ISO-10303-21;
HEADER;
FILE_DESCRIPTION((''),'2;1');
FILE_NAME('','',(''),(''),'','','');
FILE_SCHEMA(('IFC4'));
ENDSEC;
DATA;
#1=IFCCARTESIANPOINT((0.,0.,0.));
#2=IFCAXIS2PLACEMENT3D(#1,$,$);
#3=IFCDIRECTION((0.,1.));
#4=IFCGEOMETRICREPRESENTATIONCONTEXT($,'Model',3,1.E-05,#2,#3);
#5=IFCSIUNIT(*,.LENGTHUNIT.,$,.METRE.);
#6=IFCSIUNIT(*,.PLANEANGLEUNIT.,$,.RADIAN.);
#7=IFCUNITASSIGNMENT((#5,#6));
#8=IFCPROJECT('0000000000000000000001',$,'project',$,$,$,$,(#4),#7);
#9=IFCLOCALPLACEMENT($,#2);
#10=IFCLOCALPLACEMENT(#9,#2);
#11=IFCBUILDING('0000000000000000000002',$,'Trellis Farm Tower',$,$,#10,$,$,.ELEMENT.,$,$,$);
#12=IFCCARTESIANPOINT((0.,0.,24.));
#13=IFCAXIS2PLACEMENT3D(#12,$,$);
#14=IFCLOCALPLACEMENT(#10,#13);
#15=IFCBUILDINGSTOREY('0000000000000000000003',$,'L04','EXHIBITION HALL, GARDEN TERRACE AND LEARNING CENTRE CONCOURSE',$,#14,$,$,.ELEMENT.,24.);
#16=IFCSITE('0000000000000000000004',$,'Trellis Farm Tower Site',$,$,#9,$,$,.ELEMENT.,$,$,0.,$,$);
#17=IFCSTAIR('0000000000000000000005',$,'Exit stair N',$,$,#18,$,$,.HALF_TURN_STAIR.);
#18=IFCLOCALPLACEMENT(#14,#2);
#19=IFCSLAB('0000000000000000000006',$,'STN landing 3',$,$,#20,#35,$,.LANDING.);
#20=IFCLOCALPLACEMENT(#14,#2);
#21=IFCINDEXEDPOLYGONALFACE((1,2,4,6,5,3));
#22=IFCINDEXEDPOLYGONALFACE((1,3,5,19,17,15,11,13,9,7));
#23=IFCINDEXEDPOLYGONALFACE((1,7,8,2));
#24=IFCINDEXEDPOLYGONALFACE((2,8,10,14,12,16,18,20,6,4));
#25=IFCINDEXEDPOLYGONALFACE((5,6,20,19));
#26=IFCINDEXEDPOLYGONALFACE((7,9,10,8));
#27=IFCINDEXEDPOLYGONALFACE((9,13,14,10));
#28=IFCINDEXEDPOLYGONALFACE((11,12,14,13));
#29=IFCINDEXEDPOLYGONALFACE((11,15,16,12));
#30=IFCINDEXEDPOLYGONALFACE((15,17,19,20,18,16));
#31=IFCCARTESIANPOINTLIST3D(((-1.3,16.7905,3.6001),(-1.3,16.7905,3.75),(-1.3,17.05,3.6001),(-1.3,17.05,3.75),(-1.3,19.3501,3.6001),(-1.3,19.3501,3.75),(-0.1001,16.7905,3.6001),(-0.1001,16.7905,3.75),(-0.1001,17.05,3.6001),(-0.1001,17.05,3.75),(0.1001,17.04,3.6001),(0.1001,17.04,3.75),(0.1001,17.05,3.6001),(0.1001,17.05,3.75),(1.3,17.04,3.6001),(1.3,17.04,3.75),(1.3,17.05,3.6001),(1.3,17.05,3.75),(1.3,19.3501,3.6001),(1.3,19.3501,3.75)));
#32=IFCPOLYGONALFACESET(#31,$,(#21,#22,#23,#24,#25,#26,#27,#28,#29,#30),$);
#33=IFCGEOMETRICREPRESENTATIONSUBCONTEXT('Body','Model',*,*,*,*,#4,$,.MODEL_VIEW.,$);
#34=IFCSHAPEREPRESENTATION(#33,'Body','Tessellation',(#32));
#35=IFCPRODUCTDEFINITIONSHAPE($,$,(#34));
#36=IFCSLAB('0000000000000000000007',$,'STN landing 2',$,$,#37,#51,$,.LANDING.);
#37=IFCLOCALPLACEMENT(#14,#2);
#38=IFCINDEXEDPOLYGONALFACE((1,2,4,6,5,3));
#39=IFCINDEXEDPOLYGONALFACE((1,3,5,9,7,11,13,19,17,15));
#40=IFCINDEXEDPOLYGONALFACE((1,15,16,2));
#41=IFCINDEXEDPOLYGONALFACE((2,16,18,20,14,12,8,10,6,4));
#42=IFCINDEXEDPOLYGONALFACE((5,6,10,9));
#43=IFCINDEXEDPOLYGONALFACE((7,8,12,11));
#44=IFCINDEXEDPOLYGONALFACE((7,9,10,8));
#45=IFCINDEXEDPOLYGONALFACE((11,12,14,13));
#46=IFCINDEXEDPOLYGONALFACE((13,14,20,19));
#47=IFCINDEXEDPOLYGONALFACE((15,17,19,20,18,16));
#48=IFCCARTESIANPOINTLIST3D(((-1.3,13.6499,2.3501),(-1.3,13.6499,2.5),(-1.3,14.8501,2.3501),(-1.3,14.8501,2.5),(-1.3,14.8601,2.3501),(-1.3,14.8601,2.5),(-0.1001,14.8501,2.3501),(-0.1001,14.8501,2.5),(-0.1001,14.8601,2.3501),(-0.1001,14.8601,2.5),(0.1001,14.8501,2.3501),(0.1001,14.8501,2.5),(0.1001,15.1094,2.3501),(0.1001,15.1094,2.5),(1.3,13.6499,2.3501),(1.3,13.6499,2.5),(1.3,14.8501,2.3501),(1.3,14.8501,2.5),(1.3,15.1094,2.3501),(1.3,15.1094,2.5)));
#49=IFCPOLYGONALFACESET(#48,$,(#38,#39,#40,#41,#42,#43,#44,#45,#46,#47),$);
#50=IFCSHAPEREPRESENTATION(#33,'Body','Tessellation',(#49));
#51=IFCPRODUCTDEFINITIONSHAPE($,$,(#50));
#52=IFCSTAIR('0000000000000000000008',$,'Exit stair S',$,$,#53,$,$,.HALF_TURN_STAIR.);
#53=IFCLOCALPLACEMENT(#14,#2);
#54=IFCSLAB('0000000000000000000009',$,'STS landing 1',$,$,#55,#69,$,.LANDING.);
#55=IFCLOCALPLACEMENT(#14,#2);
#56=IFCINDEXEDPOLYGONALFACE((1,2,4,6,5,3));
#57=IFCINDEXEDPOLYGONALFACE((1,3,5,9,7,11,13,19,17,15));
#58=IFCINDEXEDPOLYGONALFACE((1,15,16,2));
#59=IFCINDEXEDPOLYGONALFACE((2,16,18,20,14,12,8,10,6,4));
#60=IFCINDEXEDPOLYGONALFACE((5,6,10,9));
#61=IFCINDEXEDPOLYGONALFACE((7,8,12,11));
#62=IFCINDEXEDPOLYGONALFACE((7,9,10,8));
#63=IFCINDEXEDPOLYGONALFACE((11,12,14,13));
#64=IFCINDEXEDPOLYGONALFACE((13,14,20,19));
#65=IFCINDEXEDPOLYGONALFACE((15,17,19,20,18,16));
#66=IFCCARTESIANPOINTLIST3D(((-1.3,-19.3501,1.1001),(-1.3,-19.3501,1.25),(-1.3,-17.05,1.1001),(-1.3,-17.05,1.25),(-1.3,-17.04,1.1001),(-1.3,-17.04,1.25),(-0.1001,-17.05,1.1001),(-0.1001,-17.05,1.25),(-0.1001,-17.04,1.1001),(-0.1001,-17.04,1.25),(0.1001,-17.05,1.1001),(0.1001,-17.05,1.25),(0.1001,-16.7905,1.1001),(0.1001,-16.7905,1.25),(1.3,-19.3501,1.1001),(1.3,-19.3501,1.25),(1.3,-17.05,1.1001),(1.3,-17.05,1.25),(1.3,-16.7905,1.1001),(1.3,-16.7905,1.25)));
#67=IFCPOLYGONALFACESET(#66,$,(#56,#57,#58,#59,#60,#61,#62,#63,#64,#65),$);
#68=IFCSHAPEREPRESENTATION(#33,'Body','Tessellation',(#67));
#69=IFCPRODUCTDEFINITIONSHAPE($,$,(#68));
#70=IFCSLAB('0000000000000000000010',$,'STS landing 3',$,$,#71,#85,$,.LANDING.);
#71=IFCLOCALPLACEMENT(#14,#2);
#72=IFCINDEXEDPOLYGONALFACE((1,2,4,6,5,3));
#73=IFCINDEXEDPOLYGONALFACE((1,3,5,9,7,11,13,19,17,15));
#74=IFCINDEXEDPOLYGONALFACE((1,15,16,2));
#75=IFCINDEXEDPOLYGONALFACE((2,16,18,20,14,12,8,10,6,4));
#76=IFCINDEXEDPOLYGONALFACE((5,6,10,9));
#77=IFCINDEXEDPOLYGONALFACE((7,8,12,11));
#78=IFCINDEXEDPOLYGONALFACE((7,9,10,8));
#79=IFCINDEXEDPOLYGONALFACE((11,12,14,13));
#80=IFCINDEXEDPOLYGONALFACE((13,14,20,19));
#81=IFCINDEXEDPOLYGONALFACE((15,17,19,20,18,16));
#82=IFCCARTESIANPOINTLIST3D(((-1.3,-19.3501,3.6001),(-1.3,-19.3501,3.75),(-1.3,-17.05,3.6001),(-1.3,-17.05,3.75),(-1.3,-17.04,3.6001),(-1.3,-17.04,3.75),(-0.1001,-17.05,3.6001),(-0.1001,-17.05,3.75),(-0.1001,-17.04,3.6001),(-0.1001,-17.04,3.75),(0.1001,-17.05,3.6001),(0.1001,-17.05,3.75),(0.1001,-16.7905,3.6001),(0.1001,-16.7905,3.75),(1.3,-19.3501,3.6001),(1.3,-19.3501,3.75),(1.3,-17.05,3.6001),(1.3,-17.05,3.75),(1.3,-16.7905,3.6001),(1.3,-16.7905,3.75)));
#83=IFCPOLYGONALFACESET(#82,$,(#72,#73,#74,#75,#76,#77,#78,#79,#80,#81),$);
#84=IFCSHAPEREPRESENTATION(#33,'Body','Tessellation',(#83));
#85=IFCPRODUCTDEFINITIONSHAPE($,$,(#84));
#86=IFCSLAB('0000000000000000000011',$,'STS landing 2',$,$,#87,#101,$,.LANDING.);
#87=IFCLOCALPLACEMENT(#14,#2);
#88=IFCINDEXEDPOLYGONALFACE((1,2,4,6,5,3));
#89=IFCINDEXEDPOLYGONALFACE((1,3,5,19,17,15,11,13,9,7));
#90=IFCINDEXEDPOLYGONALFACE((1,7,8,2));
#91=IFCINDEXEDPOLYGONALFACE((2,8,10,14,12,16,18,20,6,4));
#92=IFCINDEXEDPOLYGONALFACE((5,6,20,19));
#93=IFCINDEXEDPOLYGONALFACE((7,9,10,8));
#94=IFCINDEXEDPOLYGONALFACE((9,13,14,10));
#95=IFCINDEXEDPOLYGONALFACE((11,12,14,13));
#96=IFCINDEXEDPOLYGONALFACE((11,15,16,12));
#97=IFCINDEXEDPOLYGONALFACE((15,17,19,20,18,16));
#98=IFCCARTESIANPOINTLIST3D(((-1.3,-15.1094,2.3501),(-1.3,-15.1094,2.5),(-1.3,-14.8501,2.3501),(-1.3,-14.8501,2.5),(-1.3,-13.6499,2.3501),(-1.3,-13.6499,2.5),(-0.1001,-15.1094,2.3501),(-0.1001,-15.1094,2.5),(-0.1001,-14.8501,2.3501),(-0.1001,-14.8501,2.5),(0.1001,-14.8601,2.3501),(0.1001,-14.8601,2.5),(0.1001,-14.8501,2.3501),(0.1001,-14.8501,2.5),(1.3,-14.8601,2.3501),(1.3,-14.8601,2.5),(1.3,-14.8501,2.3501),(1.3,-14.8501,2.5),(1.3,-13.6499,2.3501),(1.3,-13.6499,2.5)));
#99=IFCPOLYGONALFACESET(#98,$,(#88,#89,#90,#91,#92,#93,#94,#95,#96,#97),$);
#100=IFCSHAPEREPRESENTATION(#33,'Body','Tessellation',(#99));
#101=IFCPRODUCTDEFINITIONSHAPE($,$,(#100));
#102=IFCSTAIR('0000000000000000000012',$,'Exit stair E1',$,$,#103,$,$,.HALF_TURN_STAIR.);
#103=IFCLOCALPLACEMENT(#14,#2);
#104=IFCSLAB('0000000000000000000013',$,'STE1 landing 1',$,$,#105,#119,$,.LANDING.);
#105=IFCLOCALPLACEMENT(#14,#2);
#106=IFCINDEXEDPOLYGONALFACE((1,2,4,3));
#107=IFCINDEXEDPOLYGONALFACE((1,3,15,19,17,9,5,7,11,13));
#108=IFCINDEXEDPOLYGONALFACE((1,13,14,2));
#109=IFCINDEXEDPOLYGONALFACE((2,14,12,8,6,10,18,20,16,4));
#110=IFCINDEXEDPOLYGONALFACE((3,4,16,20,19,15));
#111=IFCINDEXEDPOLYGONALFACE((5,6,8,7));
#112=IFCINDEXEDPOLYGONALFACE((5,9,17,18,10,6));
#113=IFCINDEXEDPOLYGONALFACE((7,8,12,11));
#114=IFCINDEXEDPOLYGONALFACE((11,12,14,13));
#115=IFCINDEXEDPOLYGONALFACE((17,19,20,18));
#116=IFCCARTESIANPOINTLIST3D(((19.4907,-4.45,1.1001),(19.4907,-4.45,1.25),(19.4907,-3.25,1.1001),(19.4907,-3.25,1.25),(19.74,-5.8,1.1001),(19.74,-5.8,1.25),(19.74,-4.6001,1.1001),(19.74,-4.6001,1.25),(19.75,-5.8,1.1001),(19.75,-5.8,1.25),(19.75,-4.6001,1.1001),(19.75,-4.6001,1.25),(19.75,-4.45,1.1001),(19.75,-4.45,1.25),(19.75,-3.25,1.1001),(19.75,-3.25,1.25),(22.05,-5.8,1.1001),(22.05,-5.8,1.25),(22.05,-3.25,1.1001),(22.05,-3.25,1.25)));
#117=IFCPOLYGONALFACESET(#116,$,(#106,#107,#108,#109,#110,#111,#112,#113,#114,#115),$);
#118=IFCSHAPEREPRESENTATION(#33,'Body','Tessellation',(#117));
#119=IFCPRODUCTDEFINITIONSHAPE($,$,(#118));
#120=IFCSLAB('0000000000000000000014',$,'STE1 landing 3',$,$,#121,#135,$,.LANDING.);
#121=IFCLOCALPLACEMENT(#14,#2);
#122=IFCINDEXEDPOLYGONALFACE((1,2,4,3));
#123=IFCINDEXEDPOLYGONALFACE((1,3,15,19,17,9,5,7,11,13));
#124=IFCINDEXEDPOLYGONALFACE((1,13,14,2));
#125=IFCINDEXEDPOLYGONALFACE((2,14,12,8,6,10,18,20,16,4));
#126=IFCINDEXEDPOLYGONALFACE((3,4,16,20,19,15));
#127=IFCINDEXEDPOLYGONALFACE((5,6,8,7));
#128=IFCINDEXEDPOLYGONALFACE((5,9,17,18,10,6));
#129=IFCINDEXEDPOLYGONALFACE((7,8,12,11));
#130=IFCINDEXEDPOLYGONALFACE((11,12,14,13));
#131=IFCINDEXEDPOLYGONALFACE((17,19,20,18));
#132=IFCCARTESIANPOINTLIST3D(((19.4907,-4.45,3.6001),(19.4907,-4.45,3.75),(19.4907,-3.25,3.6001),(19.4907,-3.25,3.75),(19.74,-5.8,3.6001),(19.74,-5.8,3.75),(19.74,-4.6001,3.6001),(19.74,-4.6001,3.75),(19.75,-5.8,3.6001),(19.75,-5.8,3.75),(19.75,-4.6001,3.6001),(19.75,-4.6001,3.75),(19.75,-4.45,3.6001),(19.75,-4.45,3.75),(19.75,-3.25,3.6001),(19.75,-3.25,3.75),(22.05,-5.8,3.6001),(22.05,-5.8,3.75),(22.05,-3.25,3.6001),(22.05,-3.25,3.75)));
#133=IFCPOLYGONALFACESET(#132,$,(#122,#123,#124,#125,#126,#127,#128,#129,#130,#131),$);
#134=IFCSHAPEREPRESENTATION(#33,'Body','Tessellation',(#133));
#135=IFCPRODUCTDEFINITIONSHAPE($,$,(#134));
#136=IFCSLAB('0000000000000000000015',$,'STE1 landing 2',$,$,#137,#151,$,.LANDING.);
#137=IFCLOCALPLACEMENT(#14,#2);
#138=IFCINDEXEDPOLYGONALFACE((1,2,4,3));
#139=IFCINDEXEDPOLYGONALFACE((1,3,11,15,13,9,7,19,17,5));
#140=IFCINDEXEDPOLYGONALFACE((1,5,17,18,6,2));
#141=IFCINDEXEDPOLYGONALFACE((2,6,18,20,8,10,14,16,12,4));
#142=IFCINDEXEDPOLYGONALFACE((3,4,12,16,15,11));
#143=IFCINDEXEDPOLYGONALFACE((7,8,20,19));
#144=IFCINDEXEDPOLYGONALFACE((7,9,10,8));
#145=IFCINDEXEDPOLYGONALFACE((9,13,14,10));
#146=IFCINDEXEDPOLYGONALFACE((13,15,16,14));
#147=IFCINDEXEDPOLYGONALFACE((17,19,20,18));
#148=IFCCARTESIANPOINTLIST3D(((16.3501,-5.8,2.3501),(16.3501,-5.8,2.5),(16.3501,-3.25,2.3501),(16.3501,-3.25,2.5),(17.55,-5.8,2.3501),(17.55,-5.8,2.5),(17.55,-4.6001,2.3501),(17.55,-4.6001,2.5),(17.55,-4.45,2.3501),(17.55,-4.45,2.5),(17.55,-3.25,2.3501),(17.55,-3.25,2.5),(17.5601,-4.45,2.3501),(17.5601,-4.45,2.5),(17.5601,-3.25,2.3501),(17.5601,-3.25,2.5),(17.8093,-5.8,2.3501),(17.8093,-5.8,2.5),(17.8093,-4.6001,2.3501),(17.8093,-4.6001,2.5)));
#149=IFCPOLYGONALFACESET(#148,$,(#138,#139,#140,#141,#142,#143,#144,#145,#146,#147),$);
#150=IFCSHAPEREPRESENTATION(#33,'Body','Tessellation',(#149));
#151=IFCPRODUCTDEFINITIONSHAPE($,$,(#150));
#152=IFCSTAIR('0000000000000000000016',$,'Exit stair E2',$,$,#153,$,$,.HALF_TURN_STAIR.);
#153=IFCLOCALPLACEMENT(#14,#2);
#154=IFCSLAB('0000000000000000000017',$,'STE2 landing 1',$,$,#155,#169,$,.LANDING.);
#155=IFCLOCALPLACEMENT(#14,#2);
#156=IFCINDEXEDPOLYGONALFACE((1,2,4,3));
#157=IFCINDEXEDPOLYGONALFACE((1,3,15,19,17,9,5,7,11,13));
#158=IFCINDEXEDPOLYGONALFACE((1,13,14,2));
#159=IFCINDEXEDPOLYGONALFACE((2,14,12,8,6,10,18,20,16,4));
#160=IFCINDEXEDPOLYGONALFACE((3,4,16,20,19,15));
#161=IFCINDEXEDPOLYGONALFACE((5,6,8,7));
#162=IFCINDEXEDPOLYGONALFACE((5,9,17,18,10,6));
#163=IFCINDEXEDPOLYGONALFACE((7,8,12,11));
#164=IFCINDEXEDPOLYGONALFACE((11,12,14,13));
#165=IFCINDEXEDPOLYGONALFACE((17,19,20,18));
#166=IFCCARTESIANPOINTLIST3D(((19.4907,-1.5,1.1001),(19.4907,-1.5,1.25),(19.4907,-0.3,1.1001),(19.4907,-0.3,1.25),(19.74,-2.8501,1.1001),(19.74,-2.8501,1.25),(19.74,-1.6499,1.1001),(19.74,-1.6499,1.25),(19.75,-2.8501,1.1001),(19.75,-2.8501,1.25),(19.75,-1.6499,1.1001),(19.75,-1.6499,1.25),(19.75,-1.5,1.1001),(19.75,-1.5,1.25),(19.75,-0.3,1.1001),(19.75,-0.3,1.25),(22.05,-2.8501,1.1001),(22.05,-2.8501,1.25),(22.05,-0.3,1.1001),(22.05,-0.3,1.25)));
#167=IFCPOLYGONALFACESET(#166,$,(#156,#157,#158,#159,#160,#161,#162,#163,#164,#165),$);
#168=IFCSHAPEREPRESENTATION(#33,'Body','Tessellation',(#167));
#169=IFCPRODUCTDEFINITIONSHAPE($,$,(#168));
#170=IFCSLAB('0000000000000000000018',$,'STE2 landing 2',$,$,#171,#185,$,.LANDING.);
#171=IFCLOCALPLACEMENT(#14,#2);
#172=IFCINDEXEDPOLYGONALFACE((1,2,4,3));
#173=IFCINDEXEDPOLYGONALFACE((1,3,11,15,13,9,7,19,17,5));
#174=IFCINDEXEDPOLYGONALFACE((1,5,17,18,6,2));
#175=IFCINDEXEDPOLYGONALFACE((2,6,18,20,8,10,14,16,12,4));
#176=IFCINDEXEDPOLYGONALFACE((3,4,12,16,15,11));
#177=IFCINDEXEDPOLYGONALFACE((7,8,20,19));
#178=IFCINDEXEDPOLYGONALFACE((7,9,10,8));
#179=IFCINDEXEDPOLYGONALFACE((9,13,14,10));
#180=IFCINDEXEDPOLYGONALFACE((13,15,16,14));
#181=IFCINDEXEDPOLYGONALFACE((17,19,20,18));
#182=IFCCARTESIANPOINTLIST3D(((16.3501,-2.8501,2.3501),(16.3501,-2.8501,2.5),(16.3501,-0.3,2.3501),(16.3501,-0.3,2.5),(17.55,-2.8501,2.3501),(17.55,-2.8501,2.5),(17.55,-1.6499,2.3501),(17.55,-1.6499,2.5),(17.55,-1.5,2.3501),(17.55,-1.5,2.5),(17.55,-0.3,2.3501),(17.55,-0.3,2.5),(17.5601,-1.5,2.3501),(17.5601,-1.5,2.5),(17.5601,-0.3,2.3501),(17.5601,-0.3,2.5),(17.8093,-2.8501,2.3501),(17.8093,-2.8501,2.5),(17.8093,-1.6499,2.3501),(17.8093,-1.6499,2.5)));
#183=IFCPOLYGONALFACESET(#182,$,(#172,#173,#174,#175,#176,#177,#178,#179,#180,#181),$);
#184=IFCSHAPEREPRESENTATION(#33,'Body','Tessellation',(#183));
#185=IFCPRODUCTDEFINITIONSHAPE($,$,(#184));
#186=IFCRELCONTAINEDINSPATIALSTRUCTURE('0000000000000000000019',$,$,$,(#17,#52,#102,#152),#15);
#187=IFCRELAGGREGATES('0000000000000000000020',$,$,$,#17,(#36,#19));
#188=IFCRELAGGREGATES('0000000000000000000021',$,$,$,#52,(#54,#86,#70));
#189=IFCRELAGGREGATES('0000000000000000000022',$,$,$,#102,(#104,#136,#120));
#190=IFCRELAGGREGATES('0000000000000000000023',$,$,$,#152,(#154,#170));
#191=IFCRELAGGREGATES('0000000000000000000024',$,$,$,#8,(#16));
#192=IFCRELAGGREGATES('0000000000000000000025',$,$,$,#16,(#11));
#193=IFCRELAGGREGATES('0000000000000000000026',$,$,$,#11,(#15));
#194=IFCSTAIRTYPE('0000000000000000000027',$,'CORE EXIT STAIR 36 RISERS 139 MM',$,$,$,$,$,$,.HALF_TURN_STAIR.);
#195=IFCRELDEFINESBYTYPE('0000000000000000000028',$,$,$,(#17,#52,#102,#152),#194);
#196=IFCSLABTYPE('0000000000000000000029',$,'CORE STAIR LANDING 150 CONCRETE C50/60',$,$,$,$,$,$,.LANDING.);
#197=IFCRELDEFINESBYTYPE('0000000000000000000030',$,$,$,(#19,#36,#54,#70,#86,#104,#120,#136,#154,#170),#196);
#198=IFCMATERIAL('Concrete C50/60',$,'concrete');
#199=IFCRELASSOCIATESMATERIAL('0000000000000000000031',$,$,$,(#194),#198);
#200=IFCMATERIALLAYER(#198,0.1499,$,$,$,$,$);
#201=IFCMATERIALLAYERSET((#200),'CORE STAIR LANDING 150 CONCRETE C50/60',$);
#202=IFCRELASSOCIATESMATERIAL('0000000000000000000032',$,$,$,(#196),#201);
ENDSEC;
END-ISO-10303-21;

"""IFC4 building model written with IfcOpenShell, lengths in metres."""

from ifc_helpers import new_model, si_unit, direction, frame, origin, place, context, subcontext, project, spatial, polyline, outline, extrude, source, transform, mapped, material, layer, layer_set, type_object, element, aggregate, save


model = new_model("IFC4")

# Units and contexts
model_context = context("Model", 3, precision=1e-05, world=origin(), true_north=direction((0.0, 1.0)))
body_context = subcontext(model_context, "Body", "Model", "MODEL_VIEW")
ifc_project = project(units=[si_unit("LENGTHUNIT", "METRE"), si_unit("PLANEANGLEUNIT", "RADIAN")], contexts=[model_context])

# Site, building, storey
site_placement = place(None, origin())
site = spatial("IfcSite", under=ifc_project, at=site_placement, Name="Trellis Farm Tower Site", CompositionType="ELEMENT", RefElevation=0.0)
building_placement = place(site_placement, origin())
building = spatial("IfcBuilding", under=site, at=building_placement, Name="Trellis Farm Tower", CompositionType="ELEMENT")
storey_placement = place(building_placement, frame((0.0, 0.0, 24.0)))
storey = spatial("IfcBuildingStorey", under=building, at=storey_placement, Name="L04", Description="EXHIBITION HALL, GARDEN TERRACE AND LEARNING CENTRE CONCOURSE", CompositionType="ELEMENT", Elevation=24.0)

# Stairs, slabs
ifc_material_1 = material(Name="Concrete C50/60", Category="concrete")
stair_type = type_object("IfcStairType", Name="CORE EXIT STAIR 36 RISERS 139 MM", PredefinedType="HALF_TURN_STAIR", material=ifc_material_1)
placement_1 = place(storey_placement, origin())
stair_1 = element("IfcStair", 1, at=placement_1, inside=storey, type_object=stair_type, Name="Exit stair N", PredefinedType="HALF_TURN_STAIR")
ifc_layer_1 = layer(ifc_material_1, 0.1499)
ifc_layer_set_1 = layer_set([ifc_layer_1], Name="CORE STAIR LANDING 150 CONCRETE C50/60")
slab_type_1 = type_object("IfcSlabType", Name="CORE STAIR LANDING 150 CONCRETE C50/60", PredefinedType="LANDING", material=ifc_layer_set_1)
shared_shape_1 = source(origin(), body_context, "Body", "SweptSolid", [
    extrude(outline(polyline([(-0.1001, 16.7905), (-1.3, 16.7905), (-1.3, 17.05), (-1.3, 19.3501), (1.3, 19.3501), (1.3, 17.05), (1.3, 17.04), (0.1001, 17.04), (0.1001, 17.05), (-0.1001, 17.05), (-0.1001, 16.7905)])), origin(), (0.0, 0.0, 1.0), 0.1499),
])
placement_2 = place(storey_placement, frame((0.0, 0.0, 1.1001)))
placement_3 = place(storey_placement, frame((0.0, 0.0, 3.6001)))
slab_1 = element("IfcSlab", 2, at=placement_3, type_object=slab_type_1, Name="STN landing 3", PredefinedType="LANDING", context=body_context, shape_type="MappedRepresentation", body=[
    mapped(shared_shape_1, transform((0.0, 0.0, 0.0))),
])
shared_shape_2 = source(origin(), body_context, "Body", "SweptSolid", [
    extrude(outline(polyline([(1.3, 13.6499), (-1.3, 13.6499), (-1.3, 14.8501), (-1.3, 14.8601), (-0.1001, 14.8601), (-0.1001, 14.8501), (0.1001, 14.8501), (0.1001, 15.1094), (1.3, 15.1094), (1.3, 14.8501), (1.3, 13.6499)])), origin(), (0.0, 0.0, 1.0), 0.1499),
])
placement_4 = place(storey_placement, frame((0.0, 0.0, 2.3501)))
slab_2 = element("IfcSlab", 3, at=placement_4, type_object=slab_type_1, Name="STN landing 2", PredefinedType="LANDING", context=body_context, shape_type="MappedRepresentation", body=[
    mapped(shared_shape_2, transform((0.0, 0.0, 0.0))),
])
aggregate(stair_1, [slab_2, slab_1])
stair_2 = element("IfcStair", 4, at=placement_1, inside=storey, type_object=stair_type, Name="Exit stair S", PredefinedType="HALF_TURN_STAIR")
shared_shape_3 = source(origin(), body_context, "Body", "SweptSolid", [
    extrude(outline(polyline([(1.3, -19.3501), (-1.3, -19.3501), (-1.3, -17.05), (-1.3, -17.04), (-0.1001, -17.04), (-0.1001, -17.05), (0.1001, -17.05), (0.1001, -16.7905), (1.3, -16.7905), (1.3, -17.05), (1.3, -19.3501)])), origin(), (0.0, 0.0, 1.0), 0.1499),
])
slab_3 = element("IfcSlab", 5, at=placement_2, type_object=slab_type_1, Name="STS landing 1", PredefinedType="LANDING", context=body_context, shape_type="MappedRepresentation", body=[
    mapped(shared_shape_3, transform((0.0, 0.0, 0.0))),
])
slab_4 = element("IfcSlab", 6, at=placement_3, type_object=slab_type_1, Name="STS landing 3", PredefinedType="LANDING", context=body_context, shape_type="MappedRepresentation", body=[
    mapped(shared_shape_3, transform((0.0, 0.0, 0.0))),
])
shared_shape_4 = source(origin(), body_context, "Body", "SweptSolid", [
    extrude(outline(polyline([(-0.1001, -15.1094), (-1.3, -15.1094), (-1.3, -14.8501), (-1.3, -13.6499), (1.3, -13.6499), (1.3, -14.8501), (1.3, -14.8601), (0.1001, -14.8601), (0.1001, -14.8501), (-0.1001, -14.8501), (-0.1001, -15.1094)])), origin(), (0.0, 0.0, 1.0), 0.1499),
])
slab_5 = element("IfcSlab", 7, at=placement_4, type_object=slab_type_1, Name="STS landing 2", PredefinedType="LANDING", context=body_context, shape_type="MappedRepresentation", body=[
    mapped(shared_shape_4, transform((0.0, 0.0, 0.0))),
])
aggregate(stair_2, [slab_3, slab_5, slab_4])
stair_3 = element("IfcStair", 8, at=placement_1, inside=storey, type_object=stair_type, Name="Exit stair E1", PredefinedType="HALF_TURN_STAIR")
shared_shape_5 = source(origin(), body_context, "Body", "SweptSolid", [
    extrude(outline(polyline([(19.74, -5.8), (19.74, -4.6001), (19.75, -4.6001), (19.75, -4.45), (19.4907, -4.45), (19.4907, -3.25), (19.75, -3.25), (22.05, -3.25), (22.05, -5.8), (19.75, -5.8), (19.74, -5.8)])), origin(), (0.0, 0.0, 1.0), 0.1499),
])
slab_6 = element("IfcSlab", 9, at=placement_2, type_object=slab_type_1, Name="STE1 landing 1", PredefinedType="LANDING", context=body_context, shape_type="MappedRepresentation", body=[
    mapped(shared_shape_5, transform((0.0, 0.0, 0.0))),
])
slab_7 = element("IfcSlab", 10, at=placement_3, type_object=slab_type_1, Name="STE1 landing 3", PredefinedType="LANDING", context=body_context, shape_type="MappedRepresentation", body=[
    mapped(shared_shape_5, transform((0.0, 0.0, 0.0))),
])
shared_shape_6 = source(origin(), body_context, "Body", "SweptSolid", [
    extrude(outline(polyline([(17.8093, -4.6001), (17.8093, -5.8), (17.55, -5.8), (16.3501, -5.8), (16.3501, -3.25), (17.55, -3.25), (17.5601, -3.25), (17.5601, -4.45), (17.55, -4.45), (17.55, -4.6001), (17.8093, -4.6001)])), origin(), (0.0, 0.0, 1.0), 0.1499),
])
slab_8 = element("IfcSlab", 11, at=placement_4, type_object=slab_type_1, Name="STE1 landing 2", PredefinedType="LANDING", context=body_context, shape_type="MappedRepresentation", body=[
    mapped(shared_shape_6, transform((0.0, 0.0, 0.0))),
])
aggregate(stair_3, [slab_6, slab_8, slab_7])
stair_4 = element("IfcStair", 12, at=placement_1, inside=storey, type_object=stair_type, Name="Exit stair E2", PredefinedType="HALF_TURN_STAIR")
shared_shape_7 = source(origin(), body_context, "Body", "SweptSolid", [
    extrude(outline(polyline([(19.74, -2.8501), (19.74, -1.6499), (19.75, -1.6499), (19.75, -1.5), (19.4907, -1.5), (19.4907, -0.3), (19.75, -0.3), (22.05, -0.3), (22.05, -2.8501), (19.75, -2.8501), (19.74, -2.8501)])), origin(), (0.0, 0.0, 1.0), 0.1499),
])
slab_9 = element("IfcSlab", 13, at=placement_2, type_object=slab_type_1, Name="STE2 landing 1", PredefinedType="LANDING", context=body_context, shape_type="MappedRepresentation", body=[
    mapped(shared_shape_7, transform((0.0, 0.0, 0.0))),
])
shared_shape_8 = source(origin(), body_context, "Body", "SweptSolid", [
    extrude(outline(polyline([(17.8093, -1.6499), (17.8093, -2.8501), (17.55, -2.8501), (16.3501, -2.8501), (16.3501, -0.3), (17.55, -0.3), (17.5601, -0.3), (17.5601, -1.5), (17.55, -1.5), (17.55, -1.6499), (17.8093, -1.6499)])), origin(), (0.0, 0.0, 1.0), 0.1499),
])
slab_10 = element("IfcSlab", 14, at=placement_4, type_object=slab_type_1, Name="STE2 landing 2", PredefinedType="LANDING", context=body_context, shape_type="MappedRepresentation", body=[
    mapped(shared_shape_8, transform((0.0, 0.0, 0.0))),
])
aggregate(stair_4, [slab_9, slab_10])

save(model, "model.ifc")
